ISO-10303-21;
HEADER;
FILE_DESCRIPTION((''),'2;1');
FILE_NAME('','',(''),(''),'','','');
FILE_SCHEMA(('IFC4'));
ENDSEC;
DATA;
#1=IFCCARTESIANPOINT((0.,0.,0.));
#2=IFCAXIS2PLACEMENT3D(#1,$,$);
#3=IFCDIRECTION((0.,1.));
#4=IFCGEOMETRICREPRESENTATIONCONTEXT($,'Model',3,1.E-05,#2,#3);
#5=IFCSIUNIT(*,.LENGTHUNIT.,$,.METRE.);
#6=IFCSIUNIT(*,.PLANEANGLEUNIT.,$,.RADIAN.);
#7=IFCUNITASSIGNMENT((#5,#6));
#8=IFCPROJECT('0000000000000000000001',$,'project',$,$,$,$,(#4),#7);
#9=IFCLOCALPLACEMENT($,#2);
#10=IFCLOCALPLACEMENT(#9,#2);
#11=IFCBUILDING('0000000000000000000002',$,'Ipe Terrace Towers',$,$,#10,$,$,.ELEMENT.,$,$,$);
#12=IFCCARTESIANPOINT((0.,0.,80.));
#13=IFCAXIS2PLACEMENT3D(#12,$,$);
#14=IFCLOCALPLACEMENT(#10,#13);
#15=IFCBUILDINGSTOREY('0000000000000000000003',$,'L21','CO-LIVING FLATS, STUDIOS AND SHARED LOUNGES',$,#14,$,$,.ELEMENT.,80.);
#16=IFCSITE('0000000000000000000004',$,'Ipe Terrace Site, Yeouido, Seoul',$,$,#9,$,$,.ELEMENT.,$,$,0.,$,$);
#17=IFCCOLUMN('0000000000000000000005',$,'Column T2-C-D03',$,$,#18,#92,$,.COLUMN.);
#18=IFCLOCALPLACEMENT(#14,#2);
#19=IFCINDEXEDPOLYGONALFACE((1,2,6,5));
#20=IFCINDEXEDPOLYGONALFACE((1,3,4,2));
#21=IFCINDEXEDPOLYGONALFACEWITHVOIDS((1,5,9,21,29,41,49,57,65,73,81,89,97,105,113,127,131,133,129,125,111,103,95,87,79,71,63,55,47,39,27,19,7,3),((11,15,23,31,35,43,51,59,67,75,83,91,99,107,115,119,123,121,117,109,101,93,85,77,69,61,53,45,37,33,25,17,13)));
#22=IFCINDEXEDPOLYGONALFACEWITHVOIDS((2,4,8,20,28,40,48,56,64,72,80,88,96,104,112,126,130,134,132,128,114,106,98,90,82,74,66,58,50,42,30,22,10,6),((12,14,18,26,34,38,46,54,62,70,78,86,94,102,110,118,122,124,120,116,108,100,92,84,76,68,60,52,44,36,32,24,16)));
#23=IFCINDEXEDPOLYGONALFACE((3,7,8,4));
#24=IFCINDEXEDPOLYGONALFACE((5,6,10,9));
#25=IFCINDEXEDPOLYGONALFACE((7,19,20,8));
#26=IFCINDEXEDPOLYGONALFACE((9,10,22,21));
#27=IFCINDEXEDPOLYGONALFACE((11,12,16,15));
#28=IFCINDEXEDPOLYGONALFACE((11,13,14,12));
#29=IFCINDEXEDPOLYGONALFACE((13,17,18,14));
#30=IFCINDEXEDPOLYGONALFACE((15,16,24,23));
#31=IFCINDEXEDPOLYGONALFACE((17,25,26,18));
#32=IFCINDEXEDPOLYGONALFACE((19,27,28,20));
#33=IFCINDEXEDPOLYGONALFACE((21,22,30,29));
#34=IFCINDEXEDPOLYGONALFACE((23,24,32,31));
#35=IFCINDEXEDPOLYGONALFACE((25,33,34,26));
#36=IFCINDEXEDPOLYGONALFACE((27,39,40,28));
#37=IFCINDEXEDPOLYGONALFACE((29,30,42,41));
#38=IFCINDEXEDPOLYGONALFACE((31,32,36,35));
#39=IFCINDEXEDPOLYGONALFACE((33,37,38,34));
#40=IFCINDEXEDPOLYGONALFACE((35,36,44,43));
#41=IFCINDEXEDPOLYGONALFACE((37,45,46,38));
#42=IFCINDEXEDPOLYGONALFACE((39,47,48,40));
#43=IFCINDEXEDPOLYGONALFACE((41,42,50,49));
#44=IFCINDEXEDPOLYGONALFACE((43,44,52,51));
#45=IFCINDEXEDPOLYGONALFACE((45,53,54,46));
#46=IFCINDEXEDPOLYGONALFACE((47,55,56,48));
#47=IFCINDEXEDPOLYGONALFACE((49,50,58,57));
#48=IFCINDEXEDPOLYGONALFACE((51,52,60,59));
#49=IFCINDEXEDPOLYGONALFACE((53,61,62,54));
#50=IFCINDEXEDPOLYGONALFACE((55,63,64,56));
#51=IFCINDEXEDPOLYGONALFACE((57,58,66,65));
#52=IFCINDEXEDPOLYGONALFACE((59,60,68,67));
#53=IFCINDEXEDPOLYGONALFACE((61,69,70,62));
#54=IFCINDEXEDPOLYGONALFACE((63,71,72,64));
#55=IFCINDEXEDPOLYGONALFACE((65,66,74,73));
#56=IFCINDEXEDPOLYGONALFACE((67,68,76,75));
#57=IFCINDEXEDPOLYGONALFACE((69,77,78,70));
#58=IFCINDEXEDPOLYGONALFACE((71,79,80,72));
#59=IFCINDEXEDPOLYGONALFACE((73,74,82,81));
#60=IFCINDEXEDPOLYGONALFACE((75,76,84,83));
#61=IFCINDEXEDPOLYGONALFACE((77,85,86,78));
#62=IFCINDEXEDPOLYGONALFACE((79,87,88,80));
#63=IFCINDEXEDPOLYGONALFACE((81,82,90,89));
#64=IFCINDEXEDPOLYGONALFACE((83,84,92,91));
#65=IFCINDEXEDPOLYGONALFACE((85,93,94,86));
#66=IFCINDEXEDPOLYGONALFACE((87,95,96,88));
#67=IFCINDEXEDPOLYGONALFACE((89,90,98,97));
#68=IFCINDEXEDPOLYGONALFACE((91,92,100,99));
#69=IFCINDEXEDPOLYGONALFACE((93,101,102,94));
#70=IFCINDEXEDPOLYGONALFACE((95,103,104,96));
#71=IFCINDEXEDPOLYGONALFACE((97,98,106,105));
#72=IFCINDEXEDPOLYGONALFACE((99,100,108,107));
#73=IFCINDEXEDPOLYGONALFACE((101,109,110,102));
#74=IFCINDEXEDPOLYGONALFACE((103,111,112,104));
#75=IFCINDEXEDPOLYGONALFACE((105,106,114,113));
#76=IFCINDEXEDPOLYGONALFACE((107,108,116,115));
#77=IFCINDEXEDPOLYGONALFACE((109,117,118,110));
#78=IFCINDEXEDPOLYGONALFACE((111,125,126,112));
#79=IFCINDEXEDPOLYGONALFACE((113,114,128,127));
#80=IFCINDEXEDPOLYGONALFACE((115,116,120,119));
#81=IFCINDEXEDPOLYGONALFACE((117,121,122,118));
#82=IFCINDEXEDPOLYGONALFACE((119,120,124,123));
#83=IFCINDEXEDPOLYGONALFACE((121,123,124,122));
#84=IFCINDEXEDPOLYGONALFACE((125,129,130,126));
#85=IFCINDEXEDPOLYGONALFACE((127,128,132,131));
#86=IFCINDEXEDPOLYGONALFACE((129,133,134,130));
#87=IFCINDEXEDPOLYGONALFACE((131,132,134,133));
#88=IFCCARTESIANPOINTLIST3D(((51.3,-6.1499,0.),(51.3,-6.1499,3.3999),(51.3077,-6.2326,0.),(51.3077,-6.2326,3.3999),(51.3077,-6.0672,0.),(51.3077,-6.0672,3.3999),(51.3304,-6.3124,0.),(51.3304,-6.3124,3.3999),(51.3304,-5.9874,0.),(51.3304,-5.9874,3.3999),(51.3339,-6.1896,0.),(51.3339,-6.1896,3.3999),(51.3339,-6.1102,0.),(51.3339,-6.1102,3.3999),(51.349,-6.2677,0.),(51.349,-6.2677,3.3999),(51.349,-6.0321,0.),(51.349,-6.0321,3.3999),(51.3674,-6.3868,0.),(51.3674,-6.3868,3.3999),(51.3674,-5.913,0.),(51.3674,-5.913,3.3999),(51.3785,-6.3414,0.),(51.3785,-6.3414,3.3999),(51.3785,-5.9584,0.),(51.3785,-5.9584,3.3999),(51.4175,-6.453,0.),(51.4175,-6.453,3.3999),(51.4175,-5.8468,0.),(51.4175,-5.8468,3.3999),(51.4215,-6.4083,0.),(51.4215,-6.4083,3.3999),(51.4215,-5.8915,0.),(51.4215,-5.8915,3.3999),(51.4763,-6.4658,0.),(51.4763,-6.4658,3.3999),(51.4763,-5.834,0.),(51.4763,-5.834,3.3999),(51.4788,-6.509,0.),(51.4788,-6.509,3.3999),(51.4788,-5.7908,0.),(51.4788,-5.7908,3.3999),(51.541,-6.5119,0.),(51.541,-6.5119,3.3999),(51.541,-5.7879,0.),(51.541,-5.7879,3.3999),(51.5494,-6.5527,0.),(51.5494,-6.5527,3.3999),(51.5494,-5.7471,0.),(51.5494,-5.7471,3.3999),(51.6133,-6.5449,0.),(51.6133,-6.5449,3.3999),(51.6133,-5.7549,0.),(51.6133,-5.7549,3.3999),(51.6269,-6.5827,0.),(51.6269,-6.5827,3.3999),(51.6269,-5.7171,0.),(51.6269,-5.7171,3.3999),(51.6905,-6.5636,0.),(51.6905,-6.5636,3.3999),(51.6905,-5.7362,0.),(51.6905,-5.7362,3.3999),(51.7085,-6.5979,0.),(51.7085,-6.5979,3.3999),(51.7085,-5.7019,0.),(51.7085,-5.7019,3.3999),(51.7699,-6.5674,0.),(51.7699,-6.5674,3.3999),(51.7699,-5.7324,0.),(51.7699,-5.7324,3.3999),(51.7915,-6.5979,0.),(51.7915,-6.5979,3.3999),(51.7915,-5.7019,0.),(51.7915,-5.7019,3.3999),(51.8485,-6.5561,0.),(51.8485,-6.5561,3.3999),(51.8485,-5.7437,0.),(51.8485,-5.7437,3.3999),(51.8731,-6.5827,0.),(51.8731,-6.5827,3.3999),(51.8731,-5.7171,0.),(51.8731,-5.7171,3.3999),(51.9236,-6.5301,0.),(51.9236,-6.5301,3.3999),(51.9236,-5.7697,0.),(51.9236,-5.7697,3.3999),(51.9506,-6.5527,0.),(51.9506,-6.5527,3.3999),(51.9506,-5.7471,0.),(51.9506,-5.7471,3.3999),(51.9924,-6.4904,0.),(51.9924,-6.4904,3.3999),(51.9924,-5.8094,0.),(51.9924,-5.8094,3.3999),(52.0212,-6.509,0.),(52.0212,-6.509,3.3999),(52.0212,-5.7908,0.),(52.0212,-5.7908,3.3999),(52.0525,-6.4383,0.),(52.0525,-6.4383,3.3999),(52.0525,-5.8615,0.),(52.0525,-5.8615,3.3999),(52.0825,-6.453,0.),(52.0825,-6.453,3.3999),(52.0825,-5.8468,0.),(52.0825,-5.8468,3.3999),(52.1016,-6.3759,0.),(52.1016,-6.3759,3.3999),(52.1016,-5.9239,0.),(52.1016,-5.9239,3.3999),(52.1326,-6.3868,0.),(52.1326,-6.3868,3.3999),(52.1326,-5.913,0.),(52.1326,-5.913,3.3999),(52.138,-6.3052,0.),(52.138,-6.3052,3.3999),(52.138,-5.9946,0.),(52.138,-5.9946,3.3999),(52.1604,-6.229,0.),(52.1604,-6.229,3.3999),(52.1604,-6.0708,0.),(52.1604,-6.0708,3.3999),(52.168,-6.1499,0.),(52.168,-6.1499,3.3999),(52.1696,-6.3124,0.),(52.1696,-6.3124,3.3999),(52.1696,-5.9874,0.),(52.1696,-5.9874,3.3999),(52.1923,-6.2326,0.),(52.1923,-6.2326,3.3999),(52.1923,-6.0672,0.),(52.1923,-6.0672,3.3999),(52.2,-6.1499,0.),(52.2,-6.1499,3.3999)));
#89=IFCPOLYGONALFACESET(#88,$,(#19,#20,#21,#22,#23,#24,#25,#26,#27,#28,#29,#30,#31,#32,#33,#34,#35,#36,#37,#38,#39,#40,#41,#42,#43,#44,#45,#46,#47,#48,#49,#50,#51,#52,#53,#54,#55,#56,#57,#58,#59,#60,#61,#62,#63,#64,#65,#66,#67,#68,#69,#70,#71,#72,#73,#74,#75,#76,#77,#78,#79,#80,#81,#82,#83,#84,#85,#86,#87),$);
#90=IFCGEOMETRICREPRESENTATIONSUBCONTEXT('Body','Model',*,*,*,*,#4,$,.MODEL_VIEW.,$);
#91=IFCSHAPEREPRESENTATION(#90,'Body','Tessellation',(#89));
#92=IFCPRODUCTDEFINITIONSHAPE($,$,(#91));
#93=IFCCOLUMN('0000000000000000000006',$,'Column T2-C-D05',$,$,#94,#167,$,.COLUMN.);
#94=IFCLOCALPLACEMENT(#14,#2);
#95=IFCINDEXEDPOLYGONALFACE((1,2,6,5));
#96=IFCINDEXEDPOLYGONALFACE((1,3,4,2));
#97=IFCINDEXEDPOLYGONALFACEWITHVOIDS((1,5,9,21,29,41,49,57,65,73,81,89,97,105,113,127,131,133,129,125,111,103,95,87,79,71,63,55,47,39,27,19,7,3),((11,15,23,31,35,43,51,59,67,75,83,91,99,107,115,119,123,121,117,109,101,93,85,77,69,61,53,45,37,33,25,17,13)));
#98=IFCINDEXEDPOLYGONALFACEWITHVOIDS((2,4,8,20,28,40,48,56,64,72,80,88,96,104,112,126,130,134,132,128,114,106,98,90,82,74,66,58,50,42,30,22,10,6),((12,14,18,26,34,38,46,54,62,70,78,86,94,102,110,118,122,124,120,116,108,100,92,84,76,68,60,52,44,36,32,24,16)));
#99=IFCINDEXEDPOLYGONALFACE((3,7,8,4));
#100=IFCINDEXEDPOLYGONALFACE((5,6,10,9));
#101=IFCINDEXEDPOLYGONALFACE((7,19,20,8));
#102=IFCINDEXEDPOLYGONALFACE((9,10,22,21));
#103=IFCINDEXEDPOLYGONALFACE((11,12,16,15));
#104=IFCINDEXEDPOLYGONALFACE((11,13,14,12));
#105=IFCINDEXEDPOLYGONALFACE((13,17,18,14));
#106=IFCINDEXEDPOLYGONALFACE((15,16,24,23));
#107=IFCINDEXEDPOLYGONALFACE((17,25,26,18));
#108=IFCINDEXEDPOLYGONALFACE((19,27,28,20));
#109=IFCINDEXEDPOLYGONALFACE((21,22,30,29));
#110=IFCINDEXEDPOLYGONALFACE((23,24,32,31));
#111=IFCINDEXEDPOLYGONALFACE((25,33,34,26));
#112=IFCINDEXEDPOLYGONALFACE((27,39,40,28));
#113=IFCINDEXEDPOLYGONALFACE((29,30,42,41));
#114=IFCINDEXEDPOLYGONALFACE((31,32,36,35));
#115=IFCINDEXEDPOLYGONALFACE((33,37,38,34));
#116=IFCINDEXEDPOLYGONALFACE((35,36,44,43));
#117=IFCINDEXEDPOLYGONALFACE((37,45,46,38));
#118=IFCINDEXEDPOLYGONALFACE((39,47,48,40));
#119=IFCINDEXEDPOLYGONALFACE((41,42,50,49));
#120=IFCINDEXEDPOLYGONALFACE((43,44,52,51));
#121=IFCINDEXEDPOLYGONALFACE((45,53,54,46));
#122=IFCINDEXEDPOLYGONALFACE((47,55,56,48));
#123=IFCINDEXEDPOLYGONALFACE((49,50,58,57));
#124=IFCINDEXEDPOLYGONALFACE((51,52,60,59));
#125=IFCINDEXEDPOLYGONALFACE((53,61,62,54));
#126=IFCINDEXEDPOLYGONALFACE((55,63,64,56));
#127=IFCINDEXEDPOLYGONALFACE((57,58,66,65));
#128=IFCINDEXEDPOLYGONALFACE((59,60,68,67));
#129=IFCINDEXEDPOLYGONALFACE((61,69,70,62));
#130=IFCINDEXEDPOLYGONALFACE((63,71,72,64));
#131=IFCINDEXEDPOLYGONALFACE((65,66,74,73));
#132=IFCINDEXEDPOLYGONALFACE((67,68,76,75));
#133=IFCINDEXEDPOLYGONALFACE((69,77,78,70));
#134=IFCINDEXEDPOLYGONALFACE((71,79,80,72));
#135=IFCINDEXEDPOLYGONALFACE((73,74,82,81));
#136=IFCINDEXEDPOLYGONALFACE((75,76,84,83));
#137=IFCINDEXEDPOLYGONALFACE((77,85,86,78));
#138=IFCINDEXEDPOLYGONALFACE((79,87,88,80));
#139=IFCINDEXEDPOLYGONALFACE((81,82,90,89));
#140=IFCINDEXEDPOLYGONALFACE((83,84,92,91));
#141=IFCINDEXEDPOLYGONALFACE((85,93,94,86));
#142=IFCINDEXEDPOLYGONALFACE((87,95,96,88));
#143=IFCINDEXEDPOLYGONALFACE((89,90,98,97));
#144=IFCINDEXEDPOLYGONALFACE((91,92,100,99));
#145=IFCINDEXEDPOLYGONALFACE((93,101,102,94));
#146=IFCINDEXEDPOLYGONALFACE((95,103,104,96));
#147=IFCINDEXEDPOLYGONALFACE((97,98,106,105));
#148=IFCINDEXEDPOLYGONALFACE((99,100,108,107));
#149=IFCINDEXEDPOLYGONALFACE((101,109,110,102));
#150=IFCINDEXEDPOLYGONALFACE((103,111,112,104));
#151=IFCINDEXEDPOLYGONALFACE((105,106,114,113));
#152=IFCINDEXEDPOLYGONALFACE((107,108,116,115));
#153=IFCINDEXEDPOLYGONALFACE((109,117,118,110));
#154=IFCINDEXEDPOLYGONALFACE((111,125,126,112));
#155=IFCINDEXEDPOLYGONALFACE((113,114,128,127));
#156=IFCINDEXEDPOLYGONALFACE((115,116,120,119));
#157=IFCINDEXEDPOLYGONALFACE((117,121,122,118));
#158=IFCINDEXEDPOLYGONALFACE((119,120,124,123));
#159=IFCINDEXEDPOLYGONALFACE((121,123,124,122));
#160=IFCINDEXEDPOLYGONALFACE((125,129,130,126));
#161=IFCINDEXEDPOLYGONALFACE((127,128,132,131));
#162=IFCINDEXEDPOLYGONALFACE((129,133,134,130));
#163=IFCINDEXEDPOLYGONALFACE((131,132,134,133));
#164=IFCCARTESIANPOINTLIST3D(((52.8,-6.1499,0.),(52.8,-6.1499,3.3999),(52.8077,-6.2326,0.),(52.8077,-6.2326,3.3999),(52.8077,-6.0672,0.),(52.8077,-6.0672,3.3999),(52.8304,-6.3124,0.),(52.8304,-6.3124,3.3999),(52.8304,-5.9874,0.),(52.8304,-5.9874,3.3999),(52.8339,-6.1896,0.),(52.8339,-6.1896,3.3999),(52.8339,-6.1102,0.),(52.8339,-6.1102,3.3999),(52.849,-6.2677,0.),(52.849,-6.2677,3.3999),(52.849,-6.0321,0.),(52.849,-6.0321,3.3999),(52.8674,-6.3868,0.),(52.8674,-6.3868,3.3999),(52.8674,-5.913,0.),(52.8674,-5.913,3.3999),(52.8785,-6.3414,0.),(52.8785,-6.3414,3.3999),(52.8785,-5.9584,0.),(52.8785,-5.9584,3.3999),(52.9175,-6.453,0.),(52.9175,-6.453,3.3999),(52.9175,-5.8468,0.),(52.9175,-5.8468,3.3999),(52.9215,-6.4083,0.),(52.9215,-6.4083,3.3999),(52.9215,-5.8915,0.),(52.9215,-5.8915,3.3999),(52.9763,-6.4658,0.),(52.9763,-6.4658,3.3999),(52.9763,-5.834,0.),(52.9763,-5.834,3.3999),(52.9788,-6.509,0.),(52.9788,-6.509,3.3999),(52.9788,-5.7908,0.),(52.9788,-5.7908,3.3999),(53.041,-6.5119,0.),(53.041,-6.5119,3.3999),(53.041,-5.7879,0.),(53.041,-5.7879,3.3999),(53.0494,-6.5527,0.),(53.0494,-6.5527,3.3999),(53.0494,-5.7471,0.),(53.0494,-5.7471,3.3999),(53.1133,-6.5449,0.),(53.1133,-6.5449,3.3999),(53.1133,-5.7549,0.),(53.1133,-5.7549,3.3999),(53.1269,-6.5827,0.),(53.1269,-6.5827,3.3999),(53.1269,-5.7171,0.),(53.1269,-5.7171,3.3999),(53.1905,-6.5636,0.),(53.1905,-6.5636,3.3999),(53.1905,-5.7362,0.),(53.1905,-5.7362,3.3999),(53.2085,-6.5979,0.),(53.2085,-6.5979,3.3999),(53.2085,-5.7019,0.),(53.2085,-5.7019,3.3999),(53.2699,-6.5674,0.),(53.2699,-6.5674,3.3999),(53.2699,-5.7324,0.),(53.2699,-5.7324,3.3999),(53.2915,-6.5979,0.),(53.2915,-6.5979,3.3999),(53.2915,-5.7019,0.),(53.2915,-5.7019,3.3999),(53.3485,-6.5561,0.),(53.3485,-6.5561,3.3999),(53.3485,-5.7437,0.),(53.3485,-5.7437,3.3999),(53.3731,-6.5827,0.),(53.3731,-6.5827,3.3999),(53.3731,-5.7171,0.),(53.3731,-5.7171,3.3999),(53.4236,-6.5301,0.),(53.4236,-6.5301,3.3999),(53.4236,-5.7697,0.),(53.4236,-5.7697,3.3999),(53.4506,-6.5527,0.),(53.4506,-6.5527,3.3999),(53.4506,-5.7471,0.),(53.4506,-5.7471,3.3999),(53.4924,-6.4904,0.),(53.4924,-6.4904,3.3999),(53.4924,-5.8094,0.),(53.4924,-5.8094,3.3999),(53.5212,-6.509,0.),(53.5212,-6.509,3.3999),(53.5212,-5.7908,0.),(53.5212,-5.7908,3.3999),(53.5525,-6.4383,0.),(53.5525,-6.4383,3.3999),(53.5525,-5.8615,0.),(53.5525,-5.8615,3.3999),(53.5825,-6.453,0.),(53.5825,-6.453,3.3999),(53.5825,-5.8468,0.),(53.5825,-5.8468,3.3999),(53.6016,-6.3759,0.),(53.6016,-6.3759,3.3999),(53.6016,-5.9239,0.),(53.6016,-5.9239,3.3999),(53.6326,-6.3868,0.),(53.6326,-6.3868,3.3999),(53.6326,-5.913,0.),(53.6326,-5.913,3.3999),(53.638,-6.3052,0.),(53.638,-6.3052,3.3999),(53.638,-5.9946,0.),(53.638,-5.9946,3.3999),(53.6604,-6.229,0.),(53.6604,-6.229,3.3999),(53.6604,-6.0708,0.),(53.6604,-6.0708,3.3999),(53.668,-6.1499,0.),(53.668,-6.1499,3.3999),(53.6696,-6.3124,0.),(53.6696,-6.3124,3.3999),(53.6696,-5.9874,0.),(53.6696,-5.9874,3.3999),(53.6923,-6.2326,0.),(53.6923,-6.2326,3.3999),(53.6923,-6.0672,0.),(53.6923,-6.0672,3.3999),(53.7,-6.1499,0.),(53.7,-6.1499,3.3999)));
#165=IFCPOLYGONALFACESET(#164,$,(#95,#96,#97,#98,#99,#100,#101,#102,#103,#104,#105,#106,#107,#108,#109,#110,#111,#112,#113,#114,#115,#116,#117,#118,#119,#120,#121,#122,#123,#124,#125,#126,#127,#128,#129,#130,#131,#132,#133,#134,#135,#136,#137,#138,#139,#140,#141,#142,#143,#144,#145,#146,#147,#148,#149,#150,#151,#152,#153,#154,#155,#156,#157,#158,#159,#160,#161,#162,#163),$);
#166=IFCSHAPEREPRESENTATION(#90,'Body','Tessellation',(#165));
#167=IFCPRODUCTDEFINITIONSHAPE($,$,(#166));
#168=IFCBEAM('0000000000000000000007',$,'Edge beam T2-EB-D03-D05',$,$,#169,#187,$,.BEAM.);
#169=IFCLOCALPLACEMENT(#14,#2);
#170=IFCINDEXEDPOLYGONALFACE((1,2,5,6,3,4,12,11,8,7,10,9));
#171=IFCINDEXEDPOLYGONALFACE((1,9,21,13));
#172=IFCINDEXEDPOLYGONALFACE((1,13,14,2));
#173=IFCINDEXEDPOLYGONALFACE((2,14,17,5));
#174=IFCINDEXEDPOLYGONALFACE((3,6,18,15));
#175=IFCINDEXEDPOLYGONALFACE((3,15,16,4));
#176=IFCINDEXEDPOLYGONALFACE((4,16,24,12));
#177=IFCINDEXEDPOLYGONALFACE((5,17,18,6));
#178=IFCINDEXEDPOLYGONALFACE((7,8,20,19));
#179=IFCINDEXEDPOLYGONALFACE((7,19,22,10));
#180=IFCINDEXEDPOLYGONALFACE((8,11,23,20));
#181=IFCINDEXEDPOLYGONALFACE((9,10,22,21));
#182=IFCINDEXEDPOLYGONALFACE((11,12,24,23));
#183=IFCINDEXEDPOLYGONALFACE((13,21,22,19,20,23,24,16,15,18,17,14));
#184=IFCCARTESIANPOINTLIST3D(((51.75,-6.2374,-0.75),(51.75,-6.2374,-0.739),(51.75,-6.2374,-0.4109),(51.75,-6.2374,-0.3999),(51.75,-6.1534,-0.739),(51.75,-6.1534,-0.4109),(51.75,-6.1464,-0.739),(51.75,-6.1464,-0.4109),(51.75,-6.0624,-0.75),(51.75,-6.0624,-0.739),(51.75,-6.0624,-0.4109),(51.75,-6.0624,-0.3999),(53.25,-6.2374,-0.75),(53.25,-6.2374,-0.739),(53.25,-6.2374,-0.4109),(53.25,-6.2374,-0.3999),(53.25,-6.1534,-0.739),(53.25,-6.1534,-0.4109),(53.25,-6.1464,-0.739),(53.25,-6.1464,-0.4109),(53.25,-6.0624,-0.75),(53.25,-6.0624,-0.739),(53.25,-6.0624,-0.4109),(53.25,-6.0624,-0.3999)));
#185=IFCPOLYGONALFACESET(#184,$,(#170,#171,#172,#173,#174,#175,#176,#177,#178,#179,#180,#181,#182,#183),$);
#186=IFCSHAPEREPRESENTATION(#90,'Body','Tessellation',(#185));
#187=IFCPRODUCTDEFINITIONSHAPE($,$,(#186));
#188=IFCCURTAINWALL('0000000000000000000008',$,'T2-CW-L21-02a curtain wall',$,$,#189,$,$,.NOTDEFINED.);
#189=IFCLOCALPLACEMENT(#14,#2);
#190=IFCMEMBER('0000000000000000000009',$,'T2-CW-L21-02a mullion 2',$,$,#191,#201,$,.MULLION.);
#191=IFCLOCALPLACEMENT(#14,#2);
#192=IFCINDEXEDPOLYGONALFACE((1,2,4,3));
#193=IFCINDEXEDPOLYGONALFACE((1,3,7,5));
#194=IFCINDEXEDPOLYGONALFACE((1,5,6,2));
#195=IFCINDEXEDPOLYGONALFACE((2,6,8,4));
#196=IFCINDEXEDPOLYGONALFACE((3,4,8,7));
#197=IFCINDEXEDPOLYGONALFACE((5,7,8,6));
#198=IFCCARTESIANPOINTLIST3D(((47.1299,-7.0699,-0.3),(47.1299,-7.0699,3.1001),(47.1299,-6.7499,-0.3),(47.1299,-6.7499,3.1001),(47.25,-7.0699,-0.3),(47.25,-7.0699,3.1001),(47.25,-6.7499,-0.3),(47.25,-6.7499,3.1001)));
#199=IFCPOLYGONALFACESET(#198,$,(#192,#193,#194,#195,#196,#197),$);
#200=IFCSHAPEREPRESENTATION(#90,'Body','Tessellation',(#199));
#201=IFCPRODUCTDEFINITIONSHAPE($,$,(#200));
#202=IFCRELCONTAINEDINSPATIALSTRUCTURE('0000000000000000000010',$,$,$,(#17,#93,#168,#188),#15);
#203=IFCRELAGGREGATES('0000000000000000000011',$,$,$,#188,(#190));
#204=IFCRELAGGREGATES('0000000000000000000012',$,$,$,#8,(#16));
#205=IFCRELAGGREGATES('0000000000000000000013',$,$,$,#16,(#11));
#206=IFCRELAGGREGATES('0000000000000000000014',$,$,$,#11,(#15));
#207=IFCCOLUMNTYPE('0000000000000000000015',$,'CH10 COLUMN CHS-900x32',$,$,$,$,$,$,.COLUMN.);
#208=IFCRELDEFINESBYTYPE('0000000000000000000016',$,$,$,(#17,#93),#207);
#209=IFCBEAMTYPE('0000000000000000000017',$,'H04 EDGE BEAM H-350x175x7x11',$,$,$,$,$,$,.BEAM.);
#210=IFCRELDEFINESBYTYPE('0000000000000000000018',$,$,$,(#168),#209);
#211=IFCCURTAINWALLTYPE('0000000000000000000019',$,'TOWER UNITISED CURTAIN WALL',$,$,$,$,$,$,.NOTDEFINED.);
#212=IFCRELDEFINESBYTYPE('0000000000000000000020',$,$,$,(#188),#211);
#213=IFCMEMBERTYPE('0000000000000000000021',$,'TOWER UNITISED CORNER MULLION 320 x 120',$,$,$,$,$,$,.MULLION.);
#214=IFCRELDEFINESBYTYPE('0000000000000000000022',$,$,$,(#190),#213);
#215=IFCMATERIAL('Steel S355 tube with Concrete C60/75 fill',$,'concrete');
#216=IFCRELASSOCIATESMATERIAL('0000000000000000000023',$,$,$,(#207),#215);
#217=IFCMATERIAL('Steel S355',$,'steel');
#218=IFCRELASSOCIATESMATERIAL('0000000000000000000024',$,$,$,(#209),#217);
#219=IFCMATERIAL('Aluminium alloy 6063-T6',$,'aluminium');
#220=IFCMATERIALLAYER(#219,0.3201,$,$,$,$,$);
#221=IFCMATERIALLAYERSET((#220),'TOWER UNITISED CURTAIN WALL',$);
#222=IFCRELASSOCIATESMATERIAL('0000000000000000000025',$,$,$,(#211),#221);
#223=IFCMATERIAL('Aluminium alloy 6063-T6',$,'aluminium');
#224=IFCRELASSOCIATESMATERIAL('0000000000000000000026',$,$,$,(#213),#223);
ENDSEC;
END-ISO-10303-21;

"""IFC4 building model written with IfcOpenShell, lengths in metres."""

from ifc_helpers import new_model, si_unit, direction, frame, origin, origin_2d, place, context, subcontext, project, spatial, rectangle, hollow_circle, i_section, extrude, material, layer, layer_set, material_profile, profile_set, type_object, element, aggregate, save


model = new_model("IFC4")

# Units and contexts
model_context = context("Model", 3, precision=1e-05, world=origin(), true_north=direction((0.0, 1.0)))
body_context = subcontext(model_context, "Body", "Model", "MODEL_VIEW")
ifc_project = project(units=[si_unit("LENGTHUNIT", "METRE"), si_unit("PLANEANGLEUNIT", "RADIAN")], contexts=[model_context])

# Site, building, storey
site_placement = place(None, origin())
site = spatial("IfcSite", under=ifc_project, at=site_placement, Name="Ipe Terrace Site, Yeouido, Seoul", CompositionType="ELEMENT", RefElevation=0.0)
building_placement = place(site_placement, origin())
building = spatial("IfcBuilding", under=site, at=building_placement, Name="Ipe Terrace Towers", CompositionType="ELEMENT")
storey_placement = place(building_placement, frame((0.0, 0.0, 80.0)))
storey = spatial("IfcBuildingStorey", under=building, at=storey_placement, Name="L21", Description="CO-LIVING FLATS, STUDIOS AND SHARED LOUNGES", CompositionType="ELEMENT", Elevation=80.0)

# Columns
ifc_material_1 = material(Name="Steel S355 tube with Concrete C60/75 fill", Category="concrete")
ifc_material_profile_1 = material_profile(ifc_material_1, hollow_circle(Radius=0.45, WallThickness=0.032, at=origin_2d()), Name="CHS-900x32")
ifc_profile_set_1 = profile_set([ifc_material_profile_1], Name="Steel S355 tube with Concrete C60/75 fill")
column_type = type_object("IfcColumnType", Name="CH10 COLUMN CHS-900x32", PredefinedType="COLUMN", material=ifc_profile_set_1)
for number, where, z_axis, x_axis, name in (
    (1, (51.75, -6.1499, 0.0), (0.0, 0.0, 1.0), (1.0, 0.0, 0.0), "Column T2-C-D03"),
    (2, (53.25, -6.1499, 0.0), (0.0, 0.0, 1.0), (1.0, 0.0, 0.0), "Column T2-C-D05"),
):
    element("IfcColumn", number, at=place(storey_placement, frame(where, z_axis=z_axis, x_axis=x_axis)), inside=storey, type_object=column_type, Name=name, PredefinedType="COLUMN", context=body_context, shape_type="SweptSolid", body=[
        extrude(hollow_circle(Radius=0.45, WallThickness=0.032, at=origin_2d()), origin(), (0.0, 0.0, 1.0), 3.3999),
    ])

# Beam
ifc_material_2 = material(Name="Steel S355", Category="steel")
ifc_material_profile_2 = material_profile(ifc_material_2, i_section(OverallWidth=0.175, OverallDepth=0.3501, WebThickness=0.0071, FlangeThickness=0.011, at=origin_2d()), Name="H-350x175x7x11")
ifc_profile_set_2 = profile_set([ifc_material_profile_2], Name="Steel S355")
beam_type = type_object("IfcBeamType", Name="H04 EDGE BEAM H-350x175x7x11", PredefinedType="BEAM", material=ifc_profile_set_2)
beam_placement = place(storey_placement, frame((51.75, -6.1499, -0.575), z_axis=(1.0, 0.0, 0.0), x_axis=(0.0, 1.0, 0.0)))
element("IfcBeam", 3, at=beam_placement, inside=storey, type_object=beam_type, Name="Edge beam T2-EB-D03-D05", PredefinedType="BEAM", context=body_context, shape_type="SweptSolid", body=[
    extrude(i_section(OverallWidth=0.175, OverallDepth=0.3501, WebThickness=0.0071, FlangeThickness=0.011, at=origin_2d()), origin(), (0.0, 0.0, 1.0), 1.5),
])

# Curtain wall, member
ifc_material_3 = material(Name="Aluminium alloy 6063-T6", Category="aluminium")
ifc_layer_1 = layer(ifc_material_3, 0.3201)
ifc_layer_set_1 = layer_set([ifc_layer_1], Name="TOWER UNITISED CURTAIN WALL")
curtain_wall_type = type_object("IfcCurtainWallType", Name="TOWER UNITISED CURTAIN WALL", PredefinedType="NOTDEFINED", material=ifc_layer_set_1)
curtain_wall_1_placement = place(storey_placement, origin())
curtain_wall_1 = element("IfcCurtainWall", 4, at=curtain_wall_1_placement, inside=storey, type_object=curtain_wall_type, Name="T2-CW-L21-02a curtain wall", PredefinedType="NOTDEFINED")
ifc_material_4 = material(Name="Aluminium alloy 6063-T6", Category="aluminium")
ifc_material_profile_3 = material_profile(ifc_material_4, rectangle(XDim=0.3201, YDim=0.1201, at=origin_2d()), Name="TOWER UNITISED CORNER MULLION 320 x 120")
ifc_profile_set_3 = profile_set([ifc_material_profile_3], Name="Aluminium alloy 6063-T6")
member_type_1 = type_object("IfcMemberType", Name="TOWER UNITISED CORNER MULLION 320 x 120", PredefinedType="MULLION", material=ifc_profile_set_3)
member_1_placement = place(storey_placement, frame((47.1899, -6.9099, -0.3), z_axis=(0.0, 0.0, 1.0), x_axis=(0.0, -1.0, 0.0)))
member_1 = element("IfcMember", 5, at=member_1_placement, type_object=member_type_1, Name="T2-CW-L21-02a mullion 2", PredefinedType="MULLION", context=body_context, shape_type="SweptSolid", body=[
    extrude(rectangle(XDim=0.3201, YDim=0.1201, at=origin_2d()), origin(), (0.0, 0.0, 1.0), 3.4001),
])

aggregate(curtain_wall_1, [member_1])

save(model, "model.ifc")
